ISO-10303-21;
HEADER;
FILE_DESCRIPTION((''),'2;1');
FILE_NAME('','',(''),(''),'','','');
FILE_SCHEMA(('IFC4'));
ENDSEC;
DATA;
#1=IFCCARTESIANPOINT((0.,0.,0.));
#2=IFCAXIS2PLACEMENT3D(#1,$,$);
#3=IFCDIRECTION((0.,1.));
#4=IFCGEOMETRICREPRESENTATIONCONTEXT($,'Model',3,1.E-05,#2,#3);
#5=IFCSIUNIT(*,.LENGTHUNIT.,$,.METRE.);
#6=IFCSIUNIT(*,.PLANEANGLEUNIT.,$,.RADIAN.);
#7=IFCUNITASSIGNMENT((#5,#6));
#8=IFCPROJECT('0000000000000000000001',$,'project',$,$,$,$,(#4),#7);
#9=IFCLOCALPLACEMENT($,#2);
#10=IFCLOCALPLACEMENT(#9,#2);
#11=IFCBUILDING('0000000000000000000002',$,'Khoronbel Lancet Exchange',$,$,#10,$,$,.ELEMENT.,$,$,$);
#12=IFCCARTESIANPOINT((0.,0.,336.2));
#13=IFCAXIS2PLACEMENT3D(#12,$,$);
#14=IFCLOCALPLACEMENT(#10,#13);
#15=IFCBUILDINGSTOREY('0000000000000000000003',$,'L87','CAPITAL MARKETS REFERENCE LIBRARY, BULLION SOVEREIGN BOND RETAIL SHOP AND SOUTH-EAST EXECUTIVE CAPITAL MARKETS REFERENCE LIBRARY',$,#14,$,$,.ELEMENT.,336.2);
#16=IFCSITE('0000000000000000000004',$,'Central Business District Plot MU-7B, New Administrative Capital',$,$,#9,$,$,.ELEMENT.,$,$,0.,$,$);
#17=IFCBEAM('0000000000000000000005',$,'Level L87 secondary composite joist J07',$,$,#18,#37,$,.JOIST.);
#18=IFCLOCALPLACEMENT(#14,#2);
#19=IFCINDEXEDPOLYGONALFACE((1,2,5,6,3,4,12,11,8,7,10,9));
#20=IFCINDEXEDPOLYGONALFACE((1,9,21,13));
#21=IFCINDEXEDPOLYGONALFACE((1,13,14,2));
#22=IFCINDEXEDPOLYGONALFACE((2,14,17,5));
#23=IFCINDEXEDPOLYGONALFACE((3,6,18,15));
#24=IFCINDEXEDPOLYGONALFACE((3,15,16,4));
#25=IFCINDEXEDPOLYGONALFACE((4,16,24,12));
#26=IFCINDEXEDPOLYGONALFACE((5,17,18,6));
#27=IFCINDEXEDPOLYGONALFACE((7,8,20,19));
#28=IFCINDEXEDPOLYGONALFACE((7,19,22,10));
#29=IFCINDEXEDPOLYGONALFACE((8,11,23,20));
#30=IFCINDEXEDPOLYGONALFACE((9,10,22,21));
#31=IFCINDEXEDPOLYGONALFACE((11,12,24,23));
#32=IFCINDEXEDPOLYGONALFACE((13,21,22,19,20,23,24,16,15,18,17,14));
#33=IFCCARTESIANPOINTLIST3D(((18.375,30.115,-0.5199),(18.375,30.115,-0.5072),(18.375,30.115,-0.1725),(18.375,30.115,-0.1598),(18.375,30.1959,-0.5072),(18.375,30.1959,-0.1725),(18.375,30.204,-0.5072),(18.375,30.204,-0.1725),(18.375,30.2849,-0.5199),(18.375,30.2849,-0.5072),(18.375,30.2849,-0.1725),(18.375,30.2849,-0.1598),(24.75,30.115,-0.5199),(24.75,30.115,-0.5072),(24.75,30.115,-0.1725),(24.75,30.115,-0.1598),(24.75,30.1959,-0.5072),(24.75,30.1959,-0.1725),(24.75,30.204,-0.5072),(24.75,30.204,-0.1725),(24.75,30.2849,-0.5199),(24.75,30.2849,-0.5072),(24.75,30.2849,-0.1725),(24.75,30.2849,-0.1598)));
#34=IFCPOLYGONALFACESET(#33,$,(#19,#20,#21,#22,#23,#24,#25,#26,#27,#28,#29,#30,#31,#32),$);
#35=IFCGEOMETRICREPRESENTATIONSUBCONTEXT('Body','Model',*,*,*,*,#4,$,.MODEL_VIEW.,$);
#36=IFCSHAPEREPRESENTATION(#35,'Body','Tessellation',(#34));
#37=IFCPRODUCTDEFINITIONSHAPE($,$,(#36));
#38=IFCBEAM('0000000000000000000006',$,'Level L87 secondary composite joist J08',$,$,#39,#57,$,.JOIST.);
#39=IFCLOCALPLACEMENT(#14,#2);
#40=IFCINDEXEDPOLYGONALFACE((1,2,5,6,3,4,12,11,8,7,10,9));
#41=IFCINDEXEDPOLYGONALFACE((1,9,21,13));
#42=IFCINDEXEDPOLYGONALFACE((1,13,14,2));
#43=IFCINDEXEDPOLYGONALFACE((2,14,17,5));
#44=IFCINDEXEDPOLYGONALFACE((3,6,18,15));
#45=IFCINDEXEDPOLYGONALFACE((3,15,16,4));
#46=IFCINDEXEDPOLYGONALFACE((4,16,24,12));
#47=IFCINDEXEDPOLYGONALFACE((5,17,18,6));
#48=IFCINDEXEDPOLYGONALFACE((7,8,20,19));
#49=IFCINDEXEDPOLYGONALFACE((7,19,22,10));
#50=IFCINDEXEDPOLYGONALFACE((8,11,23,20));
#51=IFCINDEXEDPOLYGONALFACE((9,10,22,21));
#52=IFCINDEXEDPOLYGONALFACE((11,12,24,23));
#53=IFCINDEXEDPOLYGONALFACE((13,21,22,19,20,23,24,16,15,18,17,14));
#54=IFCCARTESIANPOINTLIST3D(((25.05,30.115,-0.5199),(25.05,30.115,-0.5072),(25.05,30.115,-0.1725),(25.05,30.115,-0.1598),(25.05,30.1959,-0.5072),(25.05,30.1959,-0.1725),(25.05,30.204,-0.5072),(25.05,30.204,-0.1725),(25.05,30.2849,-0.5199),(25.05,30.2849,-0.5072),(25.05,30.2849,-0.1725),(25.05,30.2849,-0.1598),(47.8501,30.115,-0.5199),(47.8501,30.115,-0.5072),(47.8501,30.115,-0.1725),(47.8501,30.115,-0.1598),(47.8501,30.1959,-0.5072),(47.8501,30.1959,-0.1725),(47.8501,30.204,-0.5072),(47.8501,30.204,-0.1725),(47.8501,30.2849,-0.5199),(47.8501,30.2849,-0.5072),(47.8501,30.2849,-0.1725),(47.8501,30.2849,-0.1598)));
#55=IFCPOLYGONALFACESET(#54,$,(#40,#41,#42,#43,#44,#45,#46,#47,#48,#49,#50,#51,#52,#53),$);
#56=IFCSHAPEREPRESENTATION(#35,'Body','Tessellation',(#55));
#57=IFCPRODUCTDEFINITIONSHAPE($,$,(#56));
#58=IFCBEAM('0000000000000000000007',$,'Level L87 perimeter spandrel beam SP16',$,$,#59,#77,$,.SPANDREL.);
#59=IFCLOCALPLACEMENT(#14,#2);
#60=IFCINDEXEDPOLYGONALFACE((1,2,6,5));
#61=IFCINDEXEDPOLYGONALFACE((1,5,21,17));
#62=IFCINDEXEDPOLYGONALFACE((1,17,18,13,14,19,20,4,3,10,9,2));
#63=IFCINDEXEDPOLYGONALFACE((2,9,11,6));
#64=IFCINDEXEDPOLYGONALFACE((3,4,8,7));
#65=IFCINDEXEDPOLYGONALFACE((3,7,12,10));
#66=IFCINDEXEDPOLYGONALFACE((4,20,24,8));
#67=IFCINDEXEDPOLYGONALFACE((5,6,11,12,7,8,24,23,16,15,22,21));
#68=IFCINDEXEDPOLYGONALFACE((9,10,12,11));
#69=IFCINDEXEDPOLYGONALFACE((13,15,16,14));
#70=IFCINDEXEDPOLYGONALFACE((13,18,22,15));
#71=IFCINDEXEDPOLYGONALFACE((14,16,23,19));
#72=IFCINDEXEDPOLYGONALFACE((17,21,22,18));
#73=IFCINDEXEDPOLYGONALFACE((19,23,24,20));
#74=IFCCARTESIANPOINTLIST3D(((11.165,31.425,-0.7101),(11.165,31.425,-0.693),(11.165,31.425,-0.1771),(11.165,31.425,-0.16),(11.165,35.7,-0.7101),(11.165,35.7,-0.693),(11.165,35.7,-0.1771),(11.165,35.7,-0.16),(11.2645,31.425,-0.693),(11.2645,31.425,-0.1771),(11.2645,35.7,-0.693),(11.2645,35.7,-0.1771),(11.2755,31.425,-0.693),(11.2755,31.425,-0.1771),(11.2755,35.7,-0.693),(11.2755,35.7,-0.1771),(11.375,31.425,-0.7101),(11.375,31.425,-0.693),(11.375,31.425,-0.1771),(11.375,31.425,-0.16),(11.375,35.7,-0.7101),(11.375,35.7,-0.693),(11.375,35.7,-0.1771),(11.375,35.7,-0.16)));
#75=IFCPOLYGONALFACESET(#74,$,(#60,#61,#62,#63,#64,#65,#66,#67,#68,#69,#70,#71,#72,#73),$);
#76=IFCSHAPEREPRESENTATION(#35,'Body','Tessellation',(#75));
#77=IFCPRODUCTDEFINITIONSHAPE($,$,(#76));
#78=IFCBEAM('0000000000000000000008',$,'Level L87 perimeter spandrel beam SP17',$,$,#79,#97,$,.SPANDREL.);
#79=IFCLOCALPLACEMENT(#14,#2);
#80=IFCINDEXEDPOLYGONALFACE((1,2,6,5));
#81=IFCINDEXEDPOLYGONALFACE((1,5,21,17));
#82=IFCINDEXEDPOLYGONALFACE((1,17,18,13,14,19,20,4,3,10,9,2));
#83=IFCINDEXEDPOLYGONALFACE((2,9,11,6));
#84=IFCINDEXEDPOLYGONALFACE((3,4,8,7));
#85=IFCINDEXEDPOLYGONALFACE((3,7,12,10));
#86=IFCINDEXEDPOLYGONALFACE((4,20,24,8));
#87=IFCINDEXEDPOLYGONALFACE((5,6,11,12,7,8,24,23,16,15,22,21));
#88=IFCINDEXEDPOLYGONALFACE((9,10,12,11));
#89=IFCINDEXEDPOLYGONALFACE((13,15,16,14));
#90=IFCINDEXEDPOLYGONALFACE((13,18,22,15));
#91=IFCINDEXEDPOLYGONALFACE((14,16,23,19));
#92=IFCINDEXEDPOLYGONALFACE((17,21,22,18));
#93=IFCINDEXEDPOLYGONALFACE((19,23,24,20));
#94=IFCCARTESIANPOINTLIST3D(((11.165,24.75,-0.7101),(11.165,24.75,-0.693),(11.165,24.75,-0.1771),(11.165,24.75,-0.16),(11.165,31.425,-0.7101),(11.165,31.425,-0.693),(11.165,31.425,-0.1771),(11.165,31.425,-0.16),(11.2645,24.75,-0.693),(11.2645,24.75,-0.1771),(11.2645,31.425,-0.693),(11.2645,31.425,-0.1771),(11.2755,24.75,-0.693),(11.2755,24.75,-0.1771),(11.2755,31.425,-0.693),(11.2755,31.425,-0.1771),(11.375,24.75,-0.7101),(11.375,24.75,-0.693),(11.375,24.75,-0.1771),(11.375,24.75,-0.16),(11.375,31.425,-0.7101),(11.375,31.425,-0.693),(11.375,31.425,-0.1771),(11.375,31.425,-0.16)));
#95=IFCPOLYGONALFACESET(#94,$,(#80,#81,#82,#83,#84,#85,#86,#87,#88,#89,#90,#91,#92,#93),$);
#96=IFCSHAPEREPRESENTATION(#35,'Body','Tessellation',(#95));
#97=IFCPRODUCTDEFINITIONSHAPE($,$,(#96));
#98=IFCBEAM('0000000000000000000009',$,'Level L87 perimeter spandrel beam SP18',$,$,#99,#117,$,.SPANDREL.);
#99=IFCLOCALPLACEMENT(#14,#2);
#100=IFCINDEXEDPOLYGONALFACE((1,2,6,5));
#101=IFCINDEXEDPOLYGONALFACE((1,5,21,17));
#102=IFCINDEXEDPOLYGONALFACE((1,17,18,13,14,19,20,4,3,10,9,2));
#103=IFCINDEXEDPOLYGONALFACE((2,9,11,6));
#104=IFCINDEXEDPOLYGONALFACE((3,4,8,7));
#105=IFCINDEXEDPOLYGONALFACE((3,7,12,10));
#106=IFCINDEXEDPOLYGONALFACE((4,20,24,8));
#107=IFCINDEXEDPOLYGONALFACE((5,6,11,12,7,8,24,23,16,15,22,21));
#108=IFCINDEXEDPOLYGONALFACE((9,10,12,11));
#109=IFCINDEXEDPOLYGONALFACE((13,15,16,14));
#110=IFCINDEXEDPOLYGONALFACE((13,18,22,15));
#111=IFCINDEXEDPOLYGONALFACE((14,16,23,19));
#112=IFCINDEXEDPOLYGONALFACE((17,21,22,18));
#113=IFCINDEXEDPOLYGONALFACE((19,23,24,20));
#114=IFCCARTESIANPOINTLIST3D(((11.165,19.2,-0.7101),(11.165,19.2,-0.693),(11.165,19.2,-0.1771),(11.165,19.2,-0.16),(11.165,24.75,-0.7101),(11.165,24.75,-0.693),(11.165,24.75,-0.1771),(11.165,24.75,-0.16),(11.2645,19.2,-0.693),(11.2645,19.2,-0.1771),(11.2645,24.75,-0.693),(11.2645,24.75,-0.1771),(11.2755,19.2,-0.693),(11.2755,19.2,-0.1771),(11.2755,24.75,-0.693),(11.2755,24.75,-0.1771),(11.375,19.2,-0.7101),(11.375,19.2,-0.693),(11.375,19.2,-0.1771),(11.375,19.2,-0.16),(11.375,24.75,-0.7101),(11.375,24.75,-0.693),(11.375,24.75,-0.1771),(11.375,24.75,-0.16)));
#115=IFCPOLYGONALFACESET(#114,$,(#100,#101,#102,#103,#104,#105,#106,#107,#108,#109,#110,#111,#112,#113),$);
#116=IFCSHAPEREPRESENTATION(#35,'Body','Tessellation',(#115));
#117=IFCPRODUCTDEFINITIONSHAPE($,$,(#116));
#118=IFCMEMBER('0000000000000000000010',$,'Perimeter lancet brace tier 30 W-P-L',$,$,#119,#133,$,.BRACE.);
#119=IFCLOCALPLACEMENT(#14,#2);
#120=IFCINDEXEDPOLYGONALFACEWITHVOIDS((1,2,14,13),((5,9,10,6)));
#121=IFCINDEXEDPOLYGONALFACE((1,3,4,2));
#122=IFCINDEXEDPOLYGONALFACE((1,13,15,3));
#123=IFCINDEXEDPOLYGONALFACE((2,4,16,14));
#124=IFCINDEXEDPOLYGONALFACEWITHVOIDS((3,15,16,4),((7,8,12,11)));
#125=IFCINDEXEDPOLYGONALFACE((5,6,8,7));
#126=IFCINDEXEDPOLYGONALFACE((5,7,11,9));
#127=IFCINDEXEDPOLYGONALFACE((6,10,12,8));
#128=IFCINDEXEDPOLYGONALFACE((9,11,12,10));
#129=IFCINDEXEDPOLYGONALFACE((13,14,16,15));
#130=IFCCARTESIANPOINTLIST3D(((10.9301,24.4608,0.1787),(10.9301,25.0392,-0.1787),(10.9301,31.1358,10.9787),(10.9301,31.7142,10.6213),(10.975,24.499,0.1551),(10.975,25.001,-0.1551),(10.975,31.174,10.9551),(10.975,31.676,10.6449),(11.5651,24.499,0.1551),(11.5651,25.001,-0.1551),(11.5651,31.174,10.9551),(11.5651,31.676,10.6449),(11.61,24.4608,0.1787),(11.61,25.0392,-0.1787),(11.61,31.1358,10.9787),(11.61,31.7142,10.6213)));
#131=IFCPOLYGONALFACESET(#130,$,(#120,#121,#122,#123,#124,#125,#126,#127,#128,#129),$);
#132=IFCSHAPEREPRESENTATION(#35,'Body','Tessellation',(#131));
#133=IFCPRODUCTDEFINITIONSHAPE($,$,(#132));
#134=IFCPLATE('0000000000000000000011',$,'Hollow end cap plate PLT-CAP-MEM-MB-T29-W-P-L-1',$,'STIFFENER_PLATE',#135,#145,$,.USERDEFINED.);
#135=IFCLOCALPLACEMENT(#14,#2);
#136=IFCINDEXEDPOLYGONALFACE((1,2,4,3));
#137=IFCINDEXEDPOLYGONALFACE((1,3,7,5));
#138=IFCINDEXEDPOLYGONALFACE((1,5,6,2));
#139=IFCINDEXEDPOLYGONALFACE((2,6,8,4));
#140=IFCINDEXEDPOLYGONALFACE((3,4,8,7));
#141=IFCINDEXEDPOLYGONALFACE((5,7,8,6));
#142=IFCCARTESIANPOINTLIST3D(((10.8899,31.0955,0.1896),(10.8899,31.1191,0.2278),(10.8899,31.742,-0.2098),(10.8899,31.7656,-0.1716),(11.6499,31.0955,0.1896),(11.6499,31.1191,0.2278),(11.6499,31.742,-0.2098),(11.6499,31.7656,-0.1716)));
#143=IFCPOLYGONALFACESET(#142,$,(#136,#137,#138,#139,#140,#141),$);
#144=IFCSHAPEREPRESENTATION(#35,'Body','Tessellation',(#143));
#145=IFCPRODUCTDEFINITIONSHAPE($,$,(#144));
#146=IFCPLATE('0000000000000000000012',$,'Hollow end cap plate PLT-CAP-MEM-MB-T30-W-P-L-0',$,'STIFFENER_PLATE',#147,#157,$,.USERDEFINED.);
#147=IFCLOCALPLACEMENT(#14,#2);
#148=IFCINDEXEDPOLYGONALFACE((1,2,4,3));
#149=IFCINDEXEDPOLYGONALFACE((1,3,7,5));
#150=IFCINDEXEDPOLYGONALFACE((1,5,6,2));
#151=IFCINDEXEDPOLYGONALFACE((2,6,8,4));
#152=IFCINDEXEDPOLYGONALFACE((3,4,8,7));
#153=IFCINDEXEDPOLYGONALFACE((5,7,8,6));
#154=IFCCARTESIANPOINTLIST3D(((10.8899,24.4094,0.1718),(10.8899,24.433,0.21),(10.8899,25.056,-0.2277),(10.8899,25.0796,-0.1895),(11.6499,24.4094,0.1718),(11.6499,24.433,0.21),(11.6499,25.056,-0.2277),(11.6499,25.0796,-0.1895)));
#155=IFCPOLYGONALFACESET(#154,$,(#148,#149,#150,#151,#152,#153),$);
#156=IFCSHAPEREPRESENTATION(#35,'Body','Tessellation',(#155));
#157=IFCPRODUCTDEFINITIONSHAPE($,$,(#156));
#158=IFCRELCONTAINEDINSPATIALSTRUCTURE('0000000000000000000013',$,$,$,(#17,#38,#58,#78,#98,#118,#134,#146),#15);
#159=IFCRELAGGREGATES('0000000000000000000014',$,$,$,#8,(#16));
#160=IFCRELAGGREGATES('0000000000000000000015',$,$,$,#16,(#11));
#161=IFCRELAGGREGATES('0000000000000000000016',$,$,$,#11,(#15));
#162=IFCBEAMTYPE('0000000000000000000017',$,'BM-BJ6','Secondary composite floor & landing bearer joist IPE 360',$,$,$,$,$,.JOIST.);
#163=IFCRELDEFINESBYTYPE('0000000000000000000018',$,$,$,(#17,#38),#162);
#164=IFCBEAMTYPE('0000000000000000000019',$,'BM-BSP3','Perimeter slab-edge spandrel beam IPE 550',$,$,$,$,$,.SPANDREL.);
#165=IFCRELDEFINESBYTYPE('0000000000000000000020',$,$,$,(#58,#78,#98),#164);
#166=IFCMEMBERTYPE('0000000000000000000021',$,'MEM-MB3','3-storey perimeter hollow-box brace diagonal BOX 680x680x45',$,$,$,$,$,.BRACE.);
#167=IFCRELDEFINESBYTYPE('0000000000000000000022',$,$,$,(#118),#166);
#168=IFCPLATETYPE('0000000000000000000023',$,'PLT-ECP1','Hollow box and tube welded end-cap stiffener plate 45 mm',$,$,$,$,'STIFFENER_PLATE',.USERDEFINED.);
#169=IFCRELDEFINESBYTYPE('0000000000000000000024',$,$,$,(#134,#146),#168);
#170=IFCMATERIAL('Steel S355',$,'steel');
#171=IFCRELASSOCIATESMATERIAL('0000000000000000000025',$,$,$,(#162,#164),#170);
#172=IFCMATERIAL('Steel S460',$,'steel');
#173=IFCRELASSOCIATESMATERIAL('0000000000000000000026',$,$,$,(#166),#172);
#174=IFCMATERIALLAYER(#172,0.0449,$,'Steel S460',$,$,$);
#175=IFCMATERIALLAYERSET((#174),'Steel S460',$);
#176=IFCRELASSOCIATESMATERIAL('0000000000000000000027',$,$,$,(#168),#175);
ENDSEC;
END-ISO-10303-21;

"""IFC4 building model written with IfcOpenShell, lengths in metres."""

from ifc_helpers import new_model, si_unit, direction, frame, origin, origin_2d, place, context, subcontext, project, spatial, polyline, hollow_rectangle, i_section, outline, extrude, material, layer, layer_set, material_profile, profile_set, type_object, element, save


model = new_model("IFC4")

# Units and contexts
model_context = context("Model", 3, precision=1e-05, world=origin(), true_north=direction((0.0, 1.0)))
body_context = subcontext(model_context, "Body", "Model", "MODEL_VIEW")
ifc_project = project(units=[si_unit("LENGTHUNIT", "METRE"), si_unit("PLANEANGLEUNIT", "RADIAN")], contexts=[model_context])

# Site, building, storey
site_placement = place(None, origin())
site = spatial("IfcSite", under=ifc_project, at=site_placement, Name="Central Business District Plot MU-7B, New Administrative Capital", CompositionType="ELEMENT", RefElevation=0.0)
building_placement = place(site_placement, origin())
building = spatial("IfcBuilding", under=site, at=building_placement, Name="Khoronbel Lancet Exchange", CompositionType="ELEMENT")
storey_placement = place(building_placement, frame((0.0, 0.0, 336.2)))
storey = spatial("IfcBuildingStorey", under=building, at=storey_placement, Name="L87", Description="CAPITAL MARKETS REFERENCE LIBRARY, BULLION SOVEREIGN BOND RETAIL SHOP AND SOUTH-EAST EXECUTIVE CAPITAL MARKETS REFERENCE LIBRARY", CompositionType="ELEMENT", Elevation=336.2)

# Shared definitions
ifc_material_1 = material(Name="Steel S355", Category="steel")

# Beams
ifc_material_profile_1 = material_profile(ifc_material_1, i_section(OverallWidth=0.1699, OverallDepth=0.3601, WebThickness=0.0081, FlangeThickness=0.0127, at=origin_2d()), Name="IPE 360")
ifc_profile_set_1 = profile_set([ifc_material_profile_1], Name="Steel S355")
beam_type_1 = type_object("IfcBeamType", Name="BM-BJ6", Description="Secondary composite floor & landing bearer joist IPE 360", PredefinedType="JOIST", material=ifc_profile_set_1)
beam_1_placement = place(storey_placement, frame((18.375, 30.2, -0.3398), z_axis=(1.0, 0.0, 0.0), x_axis=(0.0, 1.0, 0.0)))
element("IfcBeam", 1, at=beam_1_placement, inside=storey, type_object=beam_type_1, Name="Level L87 secondary composite joist J07", PredefinedType="JOIST", context=body_context, shape_type="SweptSolid", body=[
    extrude(i_section(OverallWidth=0.1699, OverallDepth=0.3601, WebThickness=0.0081, FlangeThickness=0.0127, at=origin_2d()), origin(), (0.0, 0.0, 1.0), 6.375),
])
beam_2_placement = place(storey_placement, frame((25.05, 30.2, -0.3398), z_axis=(1.0, 0.0, 0.0), x_axis=(0.0, 1.0, 0.0)))
element("IfcBeam", 2, at=beam_2_placement, inside=storey, type_object=beam_type_1, Name="Level L87 secondary composite joist J08", PredefinedType="JOIST", context=body_context, shape_type="SweptSolid", body=[
    extrude(i_section(OverallWidth=0.1699, OverallDepth=0.3601, WebThickness=0.0081, FlangeThickness=0.0127, at=origin_2d()), origin(), (0.0, 0.0, 1.0), 22.8),
])
ifc_material_profile_2 = material_profile(ifc_material_1, i_section(OverallWidth=0.21, OverallDepth=0.55, WebThickness=0.011, FlangeThickness=0.0171, at=origin_2d()), Name="IPE 550")
ifc_profile_set_2 = profile_set([ifc_material_profile_2], Name="Steel S355")
beam_type_2 = type_object("IfcBeamType", Name="BM-BSP3", Description="Perimeter slab-edge spandrel beam IPE 550", PredefinedType="SPANDREL", material=ifc_profile_set_2)
beam_3_placement = place(storey_placement, frame((11.27, 35.7, -0.4351), z_axis=(0.0, -1.0, 0.0), x_axis=(1.0, 0.0, 0.0)))
element("IfcBeam", 3, at=beam_3_placement, inside=storey, type_object=beam_type_2, Name="Level L87 perimeter spandrel beam SP16", PredefinedType="SPANDREL", context=body_context, shape_type="SweptSolid", body=[
    extrude(i_section(OverallWidth=0.21, OverallDepth=0.55, WebThickness=0.011, FlangeThickness=0.0171, at=origin_2d()), origin(), (0.0, 0.0, 1.0), 4.2749),
])
beam_4_placement = place(storey_placement, frame((11.27, 31.425, -0.4351), z_axis=(0.0, -1.0, 0.0), x_axis=(1.0, 0.0, 0.0)))
element("IfcBeam", 4, at=beam_4_placement, inside=storey, type_object=beam_type_2, Name="Level L87 perimeter spandrel beam SP17", PredefinedType="SPANDREL", context=body_context, shape_type="SweptSolid", body=[
    extrude(i_section(OverallWidth=0.21, OverallDepth=0.55, WebThickness=0.011, FlangeThickness=0.0171, at=origin_2d()), origin(), (0.0, 0.0, 1.0), 6.675),
])
beam_5_placement = place(storey_placement, frame((11.27, 24.75, -0.4351), z_axis=(0.0, -1.0, 0.0), x_axis=(1.0, 0.0, 0.0)))
element("IfcBeam", 5, at=beam_5_placement, inside=storey, type_object=beam_type_2, Name="Level L87 perimeter spandrel beam SP18", PredefinedType="SPANDREL", context=body_context, shape_type="SweptSolid", body=[
    extrude(i_section(OverallWidth=0.21, OverallDepth=0.55, WebThickness=0.011, FlangeThickness=0.0171, at=origin_2d()), origin(), (0.0, 0.0, 1.0), 5.55),
])

# Member
ifc_material_2 = material(Name="Steel S460", Category="steel")
ifc_material_profile_3 = material_profile(ifc_material_2, hollow_rectangle(XDim=0.6799, YDim=0.6799, WallThickness=0.0449, at=origin_2d()), Name="BOX 680x680x45")
ifc_profile_set_3 = profile_set([ifc_material_profile_3], Name="Steel S460")
member_type = type_object("IfcMemberType", Name="MEM-MB3", Description="3-storey perimeter hollow-box brace diagonal BOX 680x680x45", PredefinedType="BRACE", material=ifc_profile_set_3)
member_placement = place(storey_placement, frame((11.27, 24.75, 0.0), z_axis=(0.0, 0.525745, 0.850642), x_axis=(-1.0, 0.0, 0.0)))
element("IfcMember", 6, at=member_placement, inside=storey, type_object=member_type, Name="Perimeter lancet brace tier 30 W-P-L", PredefinedType="BRACE", context=body_context, shape_type="SweptSolid", body=[
    extrude(hollow_rectangle(XDim=0.6799, YDim=0.6799, WallThickness=0.0449, at=origin_2d()), origin(), (0.0, 0.0, 1.0), 12.6963),
])

# Plates
ifc_layer_1 = layer(ifc_material_2, 0.0449, Name="Steel S460")
ifc_layer_set_1 = layer_set([ifc_layer_1], Name="Steel S460")
plate_type = type_object("IfcPlateType", Name="PLT-ECP1", Description="Hollow box and tube welded end-cap stiffener plate 45 mm", ElementType="STIFFENER_PLATE", PredefinedType="USERDEFINED", material=ifc_layer_set_1)
for number, where, z_axis, x_axis, name in (
    (7, (11.6499, 31.7656, -0.1716), (0.0, 0.525602, 0.85073), (-1.0, 0.0, 0.0), "Hollow end cap plate PLT-CAP-MEM-MB-T29-W-P-L-1"),
    (8, (11.6499, 25.0796, -0.1895), (0.0, 0.525602, 0.85073), (-1.0, 0.0, 0.0), "Hollow end cap plate PLT-CAP-MEM-MB-T30-W-P-L-0"),
):
    element("IfcPlate", number, at=place(storey_placement, frame(where, z_axis=z_axis, x_axis=x_axis)), inside=storey, type_object=plate_type, Name=name, ObjectType="STIFFENER_PLATE", PredefinedType="USERDEFINED", context=body_context, shape_type="SweptSolid", body=[
        extrude(outline(polyline([(0.0, 0.0), (0.76, 0.0), (0.76, 0.76), (0.0, 0.76), (0.0, 0.0)])), origin(), (0.0, 0.0, -1.0), 0.0449),
    ])

save(model, "model.ifc")
